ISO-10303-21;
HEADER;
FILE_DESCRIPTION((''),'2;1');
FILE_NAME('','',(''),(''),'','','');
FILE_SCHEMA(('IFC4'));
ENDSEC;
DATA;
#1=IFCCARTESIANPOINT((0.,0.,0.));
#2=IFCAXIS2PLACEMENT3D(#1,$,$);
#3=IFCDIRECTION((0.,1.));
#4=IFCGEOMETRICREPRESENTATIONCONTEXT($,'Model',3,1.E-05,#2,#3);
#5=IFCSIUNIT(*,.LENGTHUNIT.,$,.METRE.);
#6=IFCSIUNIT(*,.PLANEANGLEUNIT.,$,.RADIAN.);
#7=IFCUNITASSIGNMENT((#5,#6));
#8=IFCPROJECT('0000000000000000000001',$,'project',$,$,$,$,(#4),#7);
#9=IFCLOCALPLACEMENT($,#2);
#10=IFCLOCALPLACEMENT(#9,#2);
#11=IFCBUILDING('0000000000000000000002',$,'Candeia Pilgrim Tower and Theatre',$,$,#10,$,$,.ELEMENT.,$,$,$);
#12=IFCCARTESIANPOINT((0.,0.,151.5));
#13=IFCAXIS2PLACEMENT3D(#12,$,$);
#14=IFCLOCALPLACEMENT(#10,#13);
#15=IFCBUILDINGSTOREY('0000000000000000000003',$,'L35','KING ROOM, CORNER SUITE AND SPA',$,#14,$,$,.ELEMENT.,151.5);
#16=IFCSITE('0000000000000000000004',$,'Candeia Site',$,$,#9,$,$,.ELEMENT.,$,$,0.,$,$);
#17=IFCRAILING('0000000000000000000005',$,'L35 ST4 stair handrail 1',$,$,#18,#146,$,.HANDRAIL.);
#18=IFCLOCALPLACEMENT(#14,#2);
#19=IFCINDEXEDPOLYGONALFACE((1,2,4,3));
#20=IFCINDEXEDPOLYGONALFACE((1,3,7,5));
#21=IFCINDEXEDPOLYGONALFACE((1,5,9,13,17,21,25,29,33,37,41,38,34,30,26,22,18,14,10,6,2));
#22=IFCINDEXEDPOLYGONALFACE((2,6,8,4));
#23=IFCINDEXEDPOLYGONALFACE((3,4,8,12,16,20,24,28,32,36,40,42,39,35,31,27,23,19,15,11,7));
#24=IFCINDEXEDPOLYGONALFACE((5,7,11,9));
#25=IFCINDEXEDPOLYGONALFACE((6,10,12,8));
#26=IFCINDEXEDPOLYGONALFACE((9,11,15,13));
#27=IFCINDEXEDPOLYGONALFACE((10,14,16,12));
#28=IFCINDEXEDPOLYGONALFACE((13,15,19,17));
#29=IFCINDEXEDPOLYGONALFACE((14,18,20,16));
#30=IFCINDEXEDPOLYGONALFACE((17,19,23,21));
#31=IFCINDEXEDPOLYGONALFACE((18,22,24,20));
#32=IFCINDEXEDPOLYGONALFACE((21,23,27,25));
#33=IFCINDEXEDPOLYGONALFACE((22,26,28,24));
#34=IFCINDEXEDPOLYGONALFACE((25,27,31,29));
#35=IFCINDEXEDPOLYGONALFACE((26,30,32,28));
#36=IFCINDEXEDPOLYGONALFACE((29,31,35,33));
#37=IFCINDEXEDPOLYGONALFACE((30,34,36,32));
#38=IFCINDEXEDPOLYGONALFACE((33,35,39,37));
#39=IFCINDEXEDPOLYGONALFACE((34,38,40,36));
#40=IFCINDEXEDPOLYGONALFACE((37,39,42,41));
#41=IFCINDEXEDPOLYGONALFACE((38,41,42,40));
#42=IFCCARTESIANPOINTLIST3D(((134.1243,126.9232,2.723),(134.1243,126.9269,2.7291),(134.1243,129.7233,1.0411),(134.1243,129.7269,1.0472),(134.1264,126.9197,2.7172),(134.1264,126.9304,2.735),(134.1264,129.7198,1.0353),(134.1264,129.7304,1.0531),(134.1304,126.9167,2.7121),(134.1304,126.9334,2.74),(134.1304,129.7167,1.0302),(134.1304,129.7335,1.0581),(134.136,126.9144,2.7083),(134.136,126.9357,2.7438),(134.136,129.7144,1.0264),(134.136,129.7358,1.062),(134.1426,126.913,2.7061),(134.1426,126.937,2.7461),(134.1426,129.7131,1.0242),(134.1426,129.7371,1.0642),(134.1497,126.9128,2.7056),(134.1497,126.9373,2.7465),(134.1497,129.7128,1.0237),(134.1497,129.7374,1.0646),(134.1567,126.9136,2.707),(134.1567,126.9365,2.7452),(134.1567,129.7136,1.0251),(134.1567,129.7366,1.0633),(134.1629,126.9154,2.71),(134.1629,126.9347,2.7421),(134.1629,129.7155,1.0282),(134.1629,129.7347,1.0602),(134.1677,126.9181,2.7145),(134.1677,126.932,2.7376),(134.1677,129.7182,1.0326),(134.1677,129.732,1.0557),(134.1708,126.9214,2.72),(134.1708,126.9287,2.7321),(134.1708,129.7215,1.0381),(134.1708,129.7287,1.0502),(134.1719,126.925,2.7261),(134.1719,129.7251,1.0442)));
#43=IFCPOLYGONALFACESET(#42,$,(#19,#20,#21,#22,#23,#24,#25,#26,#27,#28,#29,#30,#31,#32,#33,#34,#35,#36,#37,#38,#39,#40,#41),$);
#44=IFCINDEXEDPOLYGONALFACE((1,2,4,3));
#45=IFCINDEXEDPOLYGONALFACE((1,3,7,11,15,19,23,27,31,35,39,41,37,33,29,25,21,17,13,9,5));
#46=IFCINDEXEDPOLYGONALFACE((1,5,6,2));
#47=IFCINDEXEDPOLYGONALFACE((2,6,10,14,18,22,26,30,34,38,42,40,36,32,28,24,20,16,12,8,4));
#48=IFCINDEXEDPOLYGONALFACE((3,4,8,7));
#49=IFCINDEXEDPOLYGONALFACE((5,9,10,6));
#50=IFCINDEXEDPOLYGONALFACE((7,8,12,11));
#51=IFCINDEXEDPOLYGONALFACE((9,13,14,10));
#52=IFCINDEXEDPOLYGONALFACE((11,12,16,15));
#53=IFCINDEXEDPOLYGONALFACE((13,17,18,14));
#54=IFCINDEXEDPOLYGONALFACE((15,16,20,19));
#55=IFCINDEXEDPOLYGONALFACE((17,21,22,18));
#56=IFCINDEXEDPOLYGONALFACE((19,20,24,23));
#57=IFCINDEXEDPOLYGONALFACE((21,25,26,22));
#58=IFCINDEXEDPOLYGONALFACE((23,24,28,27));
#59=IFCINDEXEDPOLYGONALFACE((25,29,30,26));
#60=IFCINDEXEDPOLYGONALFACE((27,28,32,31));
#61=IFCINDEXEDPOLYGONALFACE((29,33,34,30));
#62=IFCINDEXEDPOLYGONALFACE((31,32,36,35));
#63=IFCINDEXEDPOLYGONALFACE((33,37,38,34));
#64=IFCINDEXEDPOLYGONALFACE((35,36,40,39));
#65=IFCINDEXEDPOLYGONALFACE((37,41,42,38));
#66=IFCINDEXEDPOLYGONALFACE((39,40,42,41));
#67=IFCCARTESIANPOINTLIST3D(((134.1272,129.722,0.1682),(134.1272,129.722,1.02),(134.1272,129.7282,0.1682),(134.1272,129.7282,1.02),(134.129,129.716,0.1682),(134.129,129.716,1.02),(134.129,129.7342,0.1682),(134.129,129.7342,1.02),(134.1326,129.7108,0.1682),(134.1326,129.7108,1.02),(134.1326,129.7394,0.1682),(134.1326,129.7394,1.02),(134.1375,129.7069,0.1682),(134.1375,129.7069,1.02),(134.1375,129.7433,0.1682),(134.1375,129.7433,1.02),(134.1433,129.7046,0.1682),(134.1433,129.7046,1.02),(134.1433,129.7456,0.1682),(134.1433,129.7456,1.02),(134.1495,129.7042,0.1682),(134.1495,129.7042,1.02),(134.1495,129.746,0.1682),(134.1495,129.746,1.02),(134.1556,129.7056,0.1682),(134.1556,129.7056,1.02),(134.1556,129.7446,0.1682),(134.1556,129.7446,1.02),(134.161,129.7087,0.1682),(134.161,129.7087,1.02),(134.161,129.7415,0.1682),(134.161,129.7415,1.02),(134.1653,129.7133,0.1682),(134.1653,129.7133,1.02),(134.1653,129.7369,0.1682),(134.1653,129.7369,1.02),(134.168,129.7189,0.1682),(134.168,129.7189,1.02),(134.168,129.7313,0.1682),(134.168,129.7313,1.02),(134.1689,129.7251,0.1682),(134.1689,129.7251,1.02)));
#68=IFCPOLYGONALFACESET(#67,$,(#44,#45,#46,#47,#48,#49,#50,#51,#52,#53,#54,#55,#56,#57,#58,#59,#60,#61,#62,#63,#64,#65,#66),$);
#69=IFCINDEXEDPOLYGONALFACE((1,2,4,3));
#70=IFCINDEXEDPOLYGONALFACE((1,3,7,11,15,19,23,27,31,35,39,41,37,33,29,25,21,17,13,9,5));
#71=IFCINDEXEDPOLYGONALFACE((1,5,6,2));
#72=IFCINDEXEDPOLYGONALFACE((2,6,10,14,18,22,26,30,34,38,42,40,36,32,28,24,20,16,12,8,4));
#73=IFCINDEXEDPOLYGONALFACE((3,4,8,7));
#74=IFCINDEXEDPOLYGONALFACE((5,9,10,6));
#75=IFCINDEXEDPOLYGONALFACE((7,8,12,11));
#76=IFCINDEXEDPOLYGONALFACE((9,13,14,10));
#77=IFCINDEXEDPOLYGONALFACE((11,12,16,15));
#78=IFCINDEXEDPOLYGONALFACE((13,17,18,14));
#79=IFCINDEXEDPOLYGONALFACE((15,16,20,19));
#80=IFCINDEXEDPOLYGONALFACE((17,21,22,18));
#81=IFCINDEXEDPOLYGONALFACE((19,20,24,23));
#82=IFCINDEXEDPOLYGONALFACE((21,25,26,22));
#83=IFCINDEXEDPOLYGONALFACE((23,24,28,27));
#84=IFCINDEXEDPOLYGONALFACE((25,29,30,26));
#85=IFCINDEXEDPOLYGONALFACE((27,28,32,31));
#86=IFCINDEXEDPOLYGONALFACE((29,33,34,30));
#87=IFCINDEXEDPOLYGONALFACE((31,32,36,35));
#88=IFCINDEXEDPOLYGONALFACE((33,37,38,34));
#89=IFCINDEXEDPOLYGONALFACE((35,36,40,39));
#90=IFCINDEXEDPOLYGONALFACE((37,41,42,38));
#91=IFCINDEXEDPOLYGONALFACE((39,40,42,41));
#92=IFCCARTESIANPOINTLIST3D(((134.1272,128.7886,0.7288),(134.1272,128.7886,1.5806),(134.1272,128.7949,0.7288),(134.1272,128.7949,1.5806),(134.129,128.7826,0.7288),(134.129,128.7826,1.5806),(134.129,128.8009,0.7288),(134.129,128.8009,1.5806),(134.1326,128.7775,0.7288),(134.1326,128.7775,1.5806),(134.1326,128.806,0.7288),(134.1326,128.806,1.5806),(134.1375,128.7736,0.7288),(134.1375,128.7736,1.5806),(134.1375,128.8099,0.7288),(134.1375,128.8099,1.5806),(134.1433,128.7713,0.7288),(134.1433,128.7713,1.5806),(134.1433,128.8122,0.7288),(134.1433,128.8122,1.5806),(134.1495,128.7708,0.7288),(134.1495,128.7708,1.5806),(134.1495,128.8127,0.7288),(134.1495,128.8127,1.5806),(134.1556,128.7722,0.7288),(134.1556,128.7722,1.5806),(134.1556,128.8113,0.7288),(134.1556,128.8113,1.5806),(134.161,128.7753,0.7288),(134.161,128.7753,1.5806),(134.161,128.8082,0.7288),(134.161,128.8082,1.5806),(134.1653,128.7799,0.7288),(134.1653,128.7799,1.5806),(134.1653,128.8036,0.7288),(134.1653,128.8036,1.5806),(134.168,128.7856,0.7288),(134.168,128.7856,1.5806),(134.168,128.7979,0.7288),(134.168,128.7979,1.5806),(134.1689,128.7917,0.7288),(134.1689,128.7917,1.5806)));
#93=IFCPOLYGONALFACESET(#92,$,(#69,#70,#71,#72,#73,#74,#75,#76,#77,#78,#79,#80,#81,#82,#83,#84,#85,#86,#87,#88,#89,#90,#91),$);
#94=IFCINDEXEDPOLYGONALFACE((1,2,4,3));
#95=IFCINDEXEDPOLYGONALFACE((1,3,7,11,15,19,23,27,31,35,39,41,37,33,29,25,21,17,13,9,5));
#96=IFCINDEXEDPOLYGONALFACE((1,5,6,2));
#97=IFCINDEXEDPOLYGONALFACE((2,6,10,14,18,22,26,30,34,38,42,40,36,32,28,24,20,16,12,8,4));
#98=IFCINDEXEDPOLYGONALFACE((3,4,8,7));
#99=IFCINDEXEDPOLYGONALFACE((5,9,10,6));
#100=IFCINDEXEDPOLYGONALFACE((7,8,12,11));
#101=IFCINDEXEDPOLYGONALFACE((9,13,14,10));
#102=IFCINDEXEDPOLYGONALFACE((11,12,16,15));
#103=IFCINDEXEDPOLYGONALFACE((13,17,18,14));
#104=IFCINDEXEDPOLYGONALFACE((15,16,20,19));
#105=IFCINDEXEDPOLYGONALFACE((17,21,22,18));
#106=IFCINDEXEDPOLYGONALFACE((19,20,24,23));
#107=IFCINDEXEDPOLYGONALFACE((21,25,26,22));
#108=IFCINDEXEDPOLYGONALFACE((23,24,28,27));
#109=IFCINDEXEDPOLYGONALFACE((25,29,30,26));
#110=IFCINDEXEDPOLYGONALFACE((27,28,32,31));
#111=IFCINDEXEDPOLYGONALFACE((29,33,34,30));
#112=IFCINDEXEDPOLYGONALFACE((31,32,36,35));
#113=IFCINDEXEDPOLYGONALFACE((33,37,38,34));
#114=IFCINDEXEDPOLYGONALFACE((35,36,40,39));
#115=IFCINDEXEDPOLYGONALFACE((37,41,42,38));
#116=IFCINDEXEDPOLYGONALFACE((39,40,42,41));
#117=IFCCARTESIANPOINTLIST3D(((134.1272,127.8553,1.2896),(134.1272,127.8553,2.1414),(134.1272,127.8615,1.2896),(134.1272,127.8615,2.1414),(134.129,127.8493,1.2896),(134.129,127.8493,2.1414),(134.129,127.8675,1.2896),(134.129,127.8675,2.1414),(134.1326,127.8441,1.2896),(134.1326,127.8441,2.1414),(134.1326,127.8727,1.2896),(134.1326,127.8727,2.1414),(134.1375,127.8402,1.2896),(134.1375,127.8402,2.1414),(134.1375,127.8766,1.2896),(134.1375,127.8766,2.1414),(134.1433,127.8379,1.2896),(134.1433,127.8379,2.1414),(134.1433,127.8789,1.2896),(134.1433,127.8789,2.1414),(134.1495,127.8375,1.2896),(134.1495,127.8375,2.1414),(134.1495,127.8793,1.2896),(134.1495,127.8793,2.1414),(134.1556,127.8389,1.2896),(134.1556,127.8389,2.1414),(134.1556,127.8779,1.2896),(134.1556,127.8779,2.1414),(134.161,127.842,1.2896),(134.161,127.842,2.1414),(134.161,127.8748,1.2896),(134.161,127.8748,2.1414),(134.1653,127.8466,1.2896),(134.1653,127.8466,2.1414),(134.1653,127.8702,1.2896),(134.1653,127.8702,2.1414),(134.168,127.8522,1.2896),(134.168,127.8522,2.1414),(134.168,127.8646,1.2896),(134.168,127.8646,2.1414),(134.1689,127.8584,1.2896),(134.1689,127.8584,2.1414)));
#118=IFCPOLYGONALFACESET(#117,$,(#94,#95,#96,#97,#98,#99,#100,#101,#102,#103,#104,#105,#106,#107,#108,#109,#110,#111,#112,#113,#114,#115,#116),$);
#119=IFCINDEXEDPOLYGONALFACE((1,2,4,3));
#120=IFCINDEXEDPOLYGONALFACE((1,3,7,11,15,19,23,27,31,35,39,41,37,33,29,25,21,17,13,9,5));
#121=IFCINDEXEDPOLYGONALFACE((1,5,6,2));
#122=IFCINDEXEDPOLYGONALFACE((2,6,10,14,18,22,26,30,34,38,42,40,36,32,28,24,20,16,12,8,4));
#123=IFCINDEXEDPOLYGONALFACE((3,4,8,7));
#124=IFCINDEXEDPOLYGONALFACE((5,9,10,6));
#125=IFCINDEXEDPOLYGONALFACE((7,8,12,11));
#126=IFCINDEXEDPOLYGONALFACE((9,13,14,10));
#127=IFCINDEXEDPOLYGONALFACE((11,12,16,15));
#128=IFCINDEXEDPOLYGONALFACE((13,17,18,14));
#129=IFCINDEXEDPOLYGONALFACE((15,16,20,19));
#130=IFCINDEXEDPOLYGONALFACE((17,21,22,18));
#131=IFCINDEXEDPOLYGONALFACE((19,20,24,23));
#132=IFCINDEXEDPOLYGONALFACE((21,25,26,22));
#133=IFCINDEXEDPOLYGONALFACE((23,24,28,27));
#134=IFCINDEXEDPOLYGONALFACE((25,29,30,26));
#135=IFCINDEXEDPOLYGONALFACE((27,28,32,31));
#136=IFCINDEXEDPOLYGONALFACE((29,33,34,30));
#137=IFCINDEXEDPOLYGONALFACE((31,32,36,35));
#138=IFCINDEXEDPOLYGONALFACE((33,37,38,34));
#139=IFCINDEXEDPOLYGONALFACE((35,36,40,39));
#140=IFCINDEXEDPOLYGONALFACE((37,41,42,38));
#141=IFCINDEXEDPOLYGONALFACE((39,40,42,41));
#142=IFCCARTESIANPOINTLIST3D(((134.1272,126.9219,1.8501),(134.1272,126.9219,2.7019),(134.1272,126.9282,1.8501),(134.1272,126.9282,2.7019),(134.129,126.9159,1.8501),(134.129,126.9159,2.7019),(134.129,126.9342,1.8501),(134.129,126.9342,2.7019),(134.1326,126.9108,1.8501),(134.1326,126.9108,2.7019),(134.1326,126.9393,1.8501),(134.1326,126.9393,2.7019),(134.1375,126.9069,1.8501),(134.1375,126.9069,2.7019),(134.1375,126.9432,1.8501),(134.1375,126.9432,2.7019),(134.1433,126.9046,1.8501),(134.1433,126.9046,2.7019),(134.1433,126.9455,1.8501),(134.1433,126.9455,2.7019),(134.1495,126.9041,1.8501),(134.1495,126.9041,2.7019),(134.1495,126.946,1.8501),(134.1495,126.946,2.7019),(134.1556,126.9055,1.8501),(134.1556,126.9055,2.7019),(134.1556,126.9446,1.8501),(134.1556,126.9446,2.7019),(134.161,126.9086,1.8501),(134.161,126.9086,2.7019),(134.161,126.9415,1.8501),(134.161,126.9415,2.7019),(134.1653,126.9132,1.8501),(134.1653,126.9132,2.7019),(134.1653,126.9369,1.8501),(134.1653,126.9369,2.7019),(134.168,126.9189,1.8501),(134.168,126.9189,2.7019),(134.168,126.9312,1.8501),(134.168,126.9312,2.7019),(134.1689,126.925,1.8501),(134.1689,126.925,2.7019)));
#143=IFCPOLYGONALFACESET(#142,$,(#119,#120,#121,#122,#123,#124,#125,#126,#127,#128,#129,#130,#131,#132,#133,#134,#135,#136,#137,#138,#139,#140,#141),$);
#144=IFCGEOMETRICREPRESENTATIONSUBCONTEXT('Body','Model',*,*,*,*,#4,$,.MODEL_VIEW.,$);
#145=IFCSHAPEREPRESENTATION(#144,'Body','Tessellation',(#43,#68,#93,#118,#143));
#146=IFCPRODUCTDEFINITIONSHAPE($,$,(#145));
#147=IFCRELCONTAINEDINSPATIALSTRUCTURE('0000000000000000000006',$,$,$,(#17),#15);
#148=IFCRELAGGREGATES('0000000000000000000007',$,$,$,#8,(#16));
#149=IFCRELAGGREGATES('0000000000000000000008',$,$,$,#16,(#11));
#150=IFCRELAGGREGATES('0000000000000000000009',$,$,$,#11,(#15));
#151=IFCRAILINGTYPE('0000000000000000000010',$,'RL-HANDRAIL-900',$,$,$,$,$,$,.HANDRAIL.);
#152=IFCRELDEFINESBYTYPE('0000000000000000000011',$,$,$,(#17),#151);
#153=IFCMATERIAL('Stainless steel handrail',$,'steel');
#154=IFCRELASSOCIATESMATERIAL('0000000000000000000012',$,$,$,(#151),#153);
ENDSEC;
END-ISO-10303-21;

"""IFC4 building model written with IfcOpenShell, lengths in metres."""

from ifc_helpers import new_model, si_unit, direction, frame, origin, origin_2d, place, context, subcontext, project, spatial, circle, extrude, material, type_object, element, save


model = new_model("IFC4")

# Units and contexts
model_context = context("Model", 3, precision=1e-05, world=origin(), true_north=direction((0.0, 1.0)))
body_context = subcontext(model_context, "Body", "Model", "MODEL_VIEW")
ifc_project = project(units=[si_unit("LENGTHUNIT", "METRE"), si_unit("PLANEANGLEUNIT", "RADIAN")], contexts=[model_context])

# Site, building, storey
site_placement = place(None, origin())
site = spatial("IfcSite", under=ifc_project, at=site_placement, Name="Candeia Site", CompositionType="ELEMENT", RefElevation=0.0)
building_placement = place(site_placement, origin())
building = spatial("IfcBuilding", under=site, at=building_placement, Name="Candeia Pilgrim Tower and Theatre", CompositionType="ELEMENT")
storey_placement = place(building_placement, frame((0.0, 0.0, 151.5)))
storey = spatial("IfcBuildingStorey", under=building, at=storey_placement, Name="L35", Description="KING ROOM, CORNER SUITE AND SPA", CompositionType="ELEMENT", Elevation=151.5)

# Railing
ifc_material_1 = material(Name="Stainless steel handrail", Category="steel")
railing_type_1 = type_object("IfcRailingType", Name="RL-HANDRAIL-900", PredefinedType="HANDRAIL", material=ifc_material_1)
railing_1_placement = place(storey_placement, frame((134.1479, 129.7251, 0.1682)))
element("IfcRailing", 1, at=railing_1_placement, inside=storey, type_object=railing_type_1, Name="L35 ST4 stair handrail 1", PredefinedType="HANDRAIL", context=body_context, shape_type="SweptSolid", body=[
    extrude(circle(Radius=0.0239, at=origin_2d()), frame((0.0, 0.0, 0.876), z_axis=(0.0, -0.857242, 0.514913), x_axis=(1.0, 0.0, 0.0)), (0.0, 0.0, 1.0), 3.2664),
    extrude(circle(Radius=0.021, at=origin_2d()), origin(), (0.0, 0.0, 1.0), 0.8518),
    extrude(circle(Radius=0.021, at=origin_2d()), frame((0.0, -0.9333, 0.5605)), (0.0, 0.0, 1.0), 0.8518),
    extrude(circle(Radius=0.021, at=origin_2d()), frame((0.0, -1.8667, 1.1213)), (0.0, 0.0, 1.0), 0.8518),
    extrude(circle(Radius=0.021, at=origin_2d()), frame((0.0, -2.8, 1.6819)), (0.0, 0.0, 1.0), 0.8518),
])

save(model, "model.ifc")
